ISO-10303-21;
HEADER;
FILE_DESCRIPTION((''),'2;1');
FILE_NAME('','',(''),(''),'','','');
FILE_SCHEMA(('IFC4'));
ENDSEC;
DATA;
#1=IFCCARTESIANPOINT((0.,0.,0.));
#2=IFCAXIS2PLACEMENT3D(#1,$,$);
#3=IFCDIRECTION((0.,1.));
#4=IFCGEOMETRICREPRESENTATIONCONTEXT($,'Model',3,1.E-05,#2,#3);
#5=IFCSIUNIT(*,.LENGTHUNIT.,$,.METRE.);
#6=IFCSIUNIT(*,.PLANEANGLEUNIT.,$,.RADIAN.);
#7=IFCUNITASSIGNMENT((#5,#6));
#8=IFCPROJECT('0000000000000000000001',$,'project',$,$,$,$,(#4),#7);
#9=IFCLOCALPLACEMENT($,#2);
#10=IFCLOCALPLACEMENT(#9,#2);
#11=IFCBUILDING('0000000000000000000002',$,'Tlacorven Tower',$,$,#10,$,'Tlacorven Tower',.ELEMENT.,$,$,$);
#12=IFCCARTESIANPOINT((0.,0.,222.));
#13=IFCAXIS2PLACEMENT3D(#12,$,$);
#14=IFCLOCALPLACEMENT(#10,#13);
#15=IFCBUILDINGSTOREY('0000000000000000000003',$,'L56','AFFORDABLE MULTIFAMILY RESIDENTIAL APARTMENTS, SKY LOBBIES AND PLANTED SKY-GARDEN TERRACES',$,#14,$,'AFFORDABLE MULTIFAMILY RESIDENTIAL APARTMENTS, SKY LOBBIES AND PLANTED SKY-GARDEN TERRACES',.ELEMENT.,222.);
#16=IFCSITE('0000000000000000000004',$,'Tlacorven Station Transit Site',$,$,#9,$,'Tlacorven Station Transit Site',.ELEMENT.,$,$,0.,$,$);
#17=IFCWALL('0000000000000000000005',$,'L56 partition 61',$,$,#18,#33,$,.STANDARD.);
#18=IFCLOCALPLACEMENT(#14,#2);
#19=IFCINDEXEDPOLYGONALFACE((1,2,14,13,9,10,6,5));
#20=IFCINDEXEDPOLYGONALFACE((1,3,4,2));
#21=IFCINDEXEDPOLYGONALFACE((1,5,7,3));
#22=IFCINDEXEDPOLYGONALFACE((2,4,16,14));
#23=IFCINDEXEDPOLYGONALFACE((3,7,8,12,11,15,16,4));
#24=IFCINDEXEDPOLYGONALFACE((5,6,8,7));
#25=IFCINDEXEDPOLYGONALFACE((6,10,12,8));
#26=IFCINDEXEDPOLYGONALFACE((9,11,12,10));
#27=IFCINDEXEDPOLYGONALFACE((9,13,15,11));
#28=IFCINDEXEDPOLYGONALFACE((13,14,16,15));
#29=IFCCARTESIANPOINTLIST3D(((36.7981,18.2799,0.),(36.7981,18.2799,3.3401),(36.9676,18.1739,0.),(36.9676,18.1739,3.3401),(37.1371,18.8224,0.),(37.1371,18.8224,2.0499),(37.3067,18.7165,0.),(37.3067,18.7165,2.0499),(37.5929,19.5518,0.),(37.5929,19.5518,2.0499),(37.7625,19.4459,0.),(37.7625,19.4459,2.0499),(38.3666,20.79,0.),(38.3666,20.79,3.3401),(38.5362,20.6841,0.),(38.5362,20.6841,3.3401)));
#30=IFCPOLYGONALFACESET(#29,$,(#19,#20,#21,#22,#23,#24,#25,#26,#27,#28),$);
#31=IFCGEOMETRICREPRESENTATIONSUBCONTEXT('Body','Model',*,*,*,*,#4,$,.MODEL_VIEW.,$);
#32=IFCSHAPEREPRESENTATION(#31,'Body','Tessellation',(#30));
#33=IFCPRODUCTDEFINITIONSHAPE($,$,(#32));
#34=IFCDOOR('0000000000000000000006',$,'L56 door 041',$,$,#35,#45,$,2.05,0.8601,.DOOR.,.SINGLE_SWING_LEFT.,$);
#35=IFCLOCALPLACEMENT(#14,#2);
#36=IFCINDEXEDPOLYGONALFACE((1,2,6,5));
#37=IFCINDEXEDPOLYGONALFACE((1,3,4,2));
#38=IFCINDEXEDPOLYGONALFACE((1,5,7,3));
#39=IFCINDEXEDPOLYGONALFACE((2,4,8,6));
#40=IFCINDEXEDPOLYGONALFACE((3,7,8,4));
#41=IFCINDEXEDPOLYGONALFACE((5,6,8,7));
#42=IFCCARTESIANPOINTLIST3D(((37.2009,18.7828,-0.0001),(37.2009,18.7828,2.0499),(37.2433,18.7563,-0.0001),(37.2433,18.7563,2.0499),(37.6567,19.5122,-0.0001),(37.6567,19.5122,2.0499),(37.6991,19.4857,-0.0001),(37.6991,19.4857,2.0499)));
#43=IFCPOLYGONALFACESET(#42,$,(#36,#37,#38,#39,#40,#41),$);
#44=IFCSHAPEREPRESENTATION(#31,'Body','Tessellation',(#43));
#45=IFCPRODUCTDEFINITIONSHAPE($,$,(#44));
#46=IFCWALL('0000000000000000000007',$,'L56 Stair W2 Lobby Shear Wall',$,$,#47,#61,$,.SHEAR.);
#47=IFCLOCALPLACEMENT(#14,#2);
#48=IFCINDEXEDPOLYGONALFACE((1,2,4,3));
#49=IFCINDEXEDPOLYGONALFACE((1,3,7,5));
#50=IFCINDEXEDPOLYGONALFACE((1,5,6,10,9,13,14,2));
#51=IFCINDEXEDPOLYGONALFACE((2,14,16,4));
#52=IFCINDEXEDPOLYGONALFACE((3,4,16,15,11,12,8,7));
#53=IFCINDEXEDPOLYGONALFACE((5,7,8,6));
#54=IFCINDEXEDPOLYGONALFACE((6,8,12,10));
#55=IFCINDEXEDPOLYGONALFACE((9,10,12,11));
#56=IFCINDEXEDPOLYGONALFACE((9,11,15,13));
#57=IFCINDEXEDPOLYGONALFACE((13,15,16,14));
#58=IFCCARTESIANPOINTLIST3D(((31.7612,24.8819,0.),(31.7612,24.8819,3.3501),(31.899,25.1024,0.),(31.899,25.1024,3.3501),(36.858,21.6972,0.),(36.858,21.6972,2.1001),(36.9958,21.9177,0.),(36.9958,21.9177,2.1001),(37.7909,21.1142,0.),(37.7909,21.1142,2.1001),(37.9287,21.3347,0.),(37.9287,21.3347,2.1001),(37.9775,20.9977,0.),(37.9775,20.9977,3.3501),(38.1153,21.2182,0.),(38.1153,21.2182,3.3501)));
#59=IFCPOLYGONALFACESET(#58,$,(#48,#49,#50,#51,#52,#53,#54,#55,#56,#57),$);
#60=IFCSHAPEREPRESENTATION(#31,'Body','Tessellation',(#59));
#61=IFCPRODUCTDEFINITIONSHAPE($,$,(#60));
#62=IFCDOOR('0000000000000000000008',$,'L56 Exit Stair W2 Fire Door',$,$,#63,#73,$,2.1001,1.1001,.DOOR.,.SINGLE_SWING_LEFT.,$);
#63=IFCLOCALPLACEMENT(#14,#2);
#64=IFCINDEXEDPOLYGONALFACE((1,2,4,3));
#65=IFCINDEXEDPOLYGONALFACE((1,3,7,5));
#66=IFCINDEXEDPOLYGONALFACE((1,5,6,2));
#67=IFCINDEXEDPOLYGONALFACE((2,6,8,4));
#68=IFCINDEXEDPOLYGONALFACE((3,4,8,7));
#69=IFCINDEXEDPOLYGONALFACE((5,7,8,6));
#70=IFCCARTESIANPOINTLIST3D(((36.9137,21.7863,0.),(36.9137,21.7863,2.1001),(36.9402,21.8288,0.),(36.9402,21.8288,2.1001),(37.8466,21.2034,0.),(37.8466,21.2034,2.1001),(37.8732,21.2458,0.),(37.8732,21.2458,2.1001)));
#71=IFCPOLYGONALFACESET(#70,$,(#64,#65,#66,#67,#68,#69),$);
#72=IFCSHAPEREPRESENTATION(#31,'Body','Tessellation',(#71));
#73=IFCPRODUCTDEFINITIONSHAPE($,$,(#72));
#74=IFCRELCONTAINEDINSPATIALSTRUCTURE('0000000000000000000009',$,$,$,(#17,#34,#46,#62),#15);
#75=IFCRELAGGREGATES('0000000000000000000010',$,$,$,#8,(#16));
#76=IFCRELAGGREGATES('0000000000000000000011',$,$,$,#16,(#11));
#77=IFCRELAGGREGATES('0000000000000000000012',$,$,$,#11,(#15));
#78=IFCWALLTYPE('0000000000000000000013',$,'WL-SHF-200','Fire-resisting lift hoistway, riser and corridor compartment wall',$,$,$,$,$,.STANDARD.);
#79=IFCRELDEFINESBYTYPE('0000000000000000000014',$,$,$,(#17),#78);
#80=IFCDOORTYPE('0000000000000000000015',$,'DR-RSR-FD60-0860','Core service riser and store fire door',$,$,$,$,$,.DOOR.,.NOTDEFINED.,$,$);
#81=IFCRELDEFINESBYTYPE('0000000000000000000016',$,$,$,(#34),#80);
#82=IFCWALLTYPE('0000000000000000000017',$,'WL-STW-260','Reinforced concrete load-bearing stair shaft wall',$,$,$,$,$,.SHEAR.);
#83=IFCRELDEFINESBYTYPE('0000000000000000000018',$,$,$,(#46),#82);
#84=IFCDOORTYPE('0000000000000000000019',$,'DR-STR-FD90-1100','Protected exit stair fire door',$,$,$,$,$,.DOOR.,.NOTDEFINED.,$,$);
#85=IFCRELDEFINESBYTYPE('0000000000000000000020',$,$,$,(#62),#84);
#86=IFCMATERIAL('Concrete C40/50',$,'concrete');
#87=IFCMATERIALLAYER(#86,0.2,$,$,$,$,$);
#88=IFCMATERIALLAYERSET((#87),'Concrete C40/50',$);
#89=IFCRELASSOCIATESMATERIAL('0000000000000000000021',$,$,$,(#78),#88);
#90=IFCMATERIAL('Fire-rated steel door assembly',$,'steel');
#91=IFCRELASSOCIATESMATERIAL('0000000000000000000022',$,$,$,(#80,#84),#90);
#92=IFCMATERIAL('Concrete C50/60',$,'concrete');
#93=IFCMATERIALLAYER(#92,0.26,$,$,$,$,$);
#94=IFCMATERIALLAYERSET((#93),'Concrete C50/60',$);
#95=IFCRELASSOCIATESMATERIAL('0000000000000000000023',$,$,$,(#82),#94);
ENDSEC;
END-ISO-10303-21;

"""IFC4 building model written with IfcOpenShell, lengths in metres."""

from ifc_helpers import new_model, si_unit, direction, frame, frame_2d, origin, place, context, subcontext, project, spatial, rectangle, extrude, source, transform, mapped, material, layer, layer_set, type_object, element, fill, save


model = new_model("IFC4")

# Units and contexts
model_context = context("Model", 3, precision=1e-05, world=origin(), true_north=direction((0.0, 1.0)))
body_context = subcontext(model_context, "Body", "Model", "MODEL_VIEW")
ifc_project = project(units=[si_unit("LENGTHUNIT", "METRE"), si_unit("PLANEANGLEUNIT", "RADIAN")], contexts=[model_context])

# Site, building, storey
site_placement = place(None, origin())
site = spatial("IfcSite", under=ifc_project, at=site_placement, Name="Tlacorven Station Transit Site", LongName="Tlacorven Station Transit Site", CompositionType="ELEMENT", RefElevation=0.0)
building_placement = place(site_placement, origin())
building = spatial("IfcBuilding", under=site, at=building_placement, Name="Tlacorven Tower", LongName="Tlacorven Tower", CompositionType="ELEMENT")
storey_placement = place(building_placement, frame((0.0, 0.0, 222.0)))
storey = spatial("IfcBuildingStorey", under=building, at=storey_placement, Name="L56", Description="AFFORDABLE MULTIFAMILY RESIDENTIAL APARTMENTS, SKY LOBBIES AND PLANTED SKY-GARDEN TERRACES", LongName="AFFORDABLE MULTIFAMILY RESIDENTIAL APARTMENTS, SKY LOBBIES AND PLANTED SKY-GARDEN TERRACES", CompositionType="ELEMENT", Elevation=222.0)

# Shared definitions
ifc_material_1 = material(Name="Concrete C50/60", Category="concrete")

# Walls, openings, doors
ifc_material_2 = material(Name="Concrete C40/50", Category="concrete")
ifc_layer_1 = layer(ifc_material_2, 0.2)
ifc_layer_set_1 = layer_set([ifc_layer_1], Name="Concrete C40/50")
wall_type_1 = type_object("IfcWallType", Name="WL-SHF-200", Description="Fire-resisting lift hoistway, riser and corridor compartment wall", PredefinedType="STANDARD", material=ifc_layer_set_1)
ifc_material_3 = material(Name="Fire-rated steel door assembly", Category="steel")
wall_1_placement = place(storey_placement, frame((38.4514, 20.7371, 0.0), z_axis=(0.0, 0.0, 1.0), x_axis=(-0.529925, -0.848045, 0.0)))
wall_1 = element("IfcWall", 1, at=wall_1_placement, inside=storey, type_object=wall_type_1, Name="L56 partition 61", PredefinedType="STANDARD", context=body_context, shape_type="SweptSolid", body=[
    extrude(rectangle(XDim=2.96, YDim=0.2, at=frame_2d((1.48, 0.0))), origin(), (0.0, 0.0, 1.0), 3.3401),
])
opening_1_placement = place(wall_1_placement, frame((1.46, 0.0, 0.0)))
opening_1 = element("IfcOpeningElement", 2, at=opening_1_placement, cuts=wall_1, PredefinedType="OPENING", context=body_context, shape_type="SweptSolid", body=[
    extrude(rectangle(XDim=0.8601, YDim=2.05, at=frame_2d((0.4302, 1.0249))), frame((0.0, 0.1099, 0.0), z_axis=(0.0, -1.0, 0.0), x_axis=(1.0, 0.0, 0.0)), (0.0, 0.0, 1.0), 0.22),
])
door_type_1 = type_object("IfcDoorType", Name="DR-RSR-FD60-0860", Description="Core service riser and store fire door", OperationType="NOTDEFINED", PredefinedType="DOOR", material=ifc_material_3)
shared_shape_1 = source(origin(), body_context, "Body", "SweptSolid", [
    extrude(rectangle(XDim=0.8601, YDim=2.05, at=frame_2d((0.4302, 1.0249))), frame((0.0, 0.0249, 0.0), z_axis=(0.0, -1.0, 0.0), x_axis=(1.0, 0.0, 0.0)), (0.0, 0.0, 1.0), 0.05),
])
door_1_placement = place(opening_1_placement, frame((0.8601, 0.0, 0.0), z_axis=(0.0, 0.0, 1.0), x_axis=(-1.0, 0.0, 0.0)))
door_1 = element("IfcDoor", 3, at=door_1_placement, inside=storey, type_object=door_type_1, Name="L56 door 041", OperationType="SINGLE_SWING_LEFT", OverallHeight=2.05, OverallWidth=0.8601, PredefinedType="DOOR", context=body_context, shape_type="MappedRepresentation", body=[
    mapped(shared_shape_1, transform((0.0, 0.0, 0.0), scale=1.0)),
])
fill(opening_1, door_1)
ifc_layer_2 = layer(ifc_material_1, 0.26)
ifc_layer_set_2 = layer_set([ifc_layer_2], Name="Concrete C50/60")
wall_type_2 = type_object("IfcWallType", Name="WL-STW-260", Description="Reinforced concrete load-bearing stair shaft wall", PredefinedType="SHEAR", material=ifc_layer_set_2)
wall_2_placement = place(storey_placement, frame((38.0464, 21.1079, 0.0), z_axis=(0.0, 0.0, 1.0), x_axis=(-0.848054, 0.529909, 0.0)))
wall_2 = element("IfcWall", 4, at=wall_2_placement, inside=storey, type_object=wall_type_2, Name="L56 Stair W2 Lobby Shear Wall", PredefinedType="SHEAR", context=body_context, shape_type="SweptSolid", body=[
    extrude(rectangle(XDim=7.3301, YDim=0.26, at=frame_2d((3.665, 0.0))), origin(), (0.0, 0.0, 1.0), 3.3501),
])
opening_2_placement = place(wall_2_placement, frame((0.22, 0.0, 0.0)))
opening_2 = element("IfcOpeningElement", 5, at=opening_2_placement, cuts=wall_2, PredefinedType="OPENING", context=body_context, shape_type="SweptSolid", body=[
    extrude(rectangle(XDim=1.1001, YDim=2.1001, at=frame_2d((0.55, 1.05))), frame((0.0, 0.1401, 0.0), z_axis=(0.0, -1.0, 0.0), x_axis=(1.0, 0.0, 0.0)), (0.0, 0.0, 1.0), 0.28),
])
door_type_2 = type_object("IfcDoorType", Name="DR-STR-FD90-1100", Description="Protected exit stair fire door", OperationType="NOTDEFINED", PredefinedType="DOOR", material=ifc_material_3)
shared_shape_2 = source(origin(), body_context, "Body", "SweptSolid", [
    extrude(rectangle(XDim=1.1001, YDim=2.1001, at=frame_2d((0.55, 1.05))), frame((0.0, 0.0249, 0.0), z_axis=(0.0, -1.0, 0.0), x_axis=(1.0, 0.0, 0.0)), (0.0, 0.0, 1.0), 0.05),
])
door_2_placement = place(opening_2_placement, origin())
door_2 = element("IfcDoor", 6, at=door_2_placement, inside=storey, type_object=door_type_2, Name="L56 Exit Stair W2 Fire Door", OperationType="SINGLE_SWING_LEFT", OverallHeight=2.1001, OverallWidth=1.1001, PredefinedType="DOOR", context=body_context, shape_type="MappedRepresentation", body=[
    mapped(shared_shape_2, transform((0.0, 0.0, 0.0), scale=1.0)),
])
fill(opening_2, door_2)

save(model, "model.ifc")
